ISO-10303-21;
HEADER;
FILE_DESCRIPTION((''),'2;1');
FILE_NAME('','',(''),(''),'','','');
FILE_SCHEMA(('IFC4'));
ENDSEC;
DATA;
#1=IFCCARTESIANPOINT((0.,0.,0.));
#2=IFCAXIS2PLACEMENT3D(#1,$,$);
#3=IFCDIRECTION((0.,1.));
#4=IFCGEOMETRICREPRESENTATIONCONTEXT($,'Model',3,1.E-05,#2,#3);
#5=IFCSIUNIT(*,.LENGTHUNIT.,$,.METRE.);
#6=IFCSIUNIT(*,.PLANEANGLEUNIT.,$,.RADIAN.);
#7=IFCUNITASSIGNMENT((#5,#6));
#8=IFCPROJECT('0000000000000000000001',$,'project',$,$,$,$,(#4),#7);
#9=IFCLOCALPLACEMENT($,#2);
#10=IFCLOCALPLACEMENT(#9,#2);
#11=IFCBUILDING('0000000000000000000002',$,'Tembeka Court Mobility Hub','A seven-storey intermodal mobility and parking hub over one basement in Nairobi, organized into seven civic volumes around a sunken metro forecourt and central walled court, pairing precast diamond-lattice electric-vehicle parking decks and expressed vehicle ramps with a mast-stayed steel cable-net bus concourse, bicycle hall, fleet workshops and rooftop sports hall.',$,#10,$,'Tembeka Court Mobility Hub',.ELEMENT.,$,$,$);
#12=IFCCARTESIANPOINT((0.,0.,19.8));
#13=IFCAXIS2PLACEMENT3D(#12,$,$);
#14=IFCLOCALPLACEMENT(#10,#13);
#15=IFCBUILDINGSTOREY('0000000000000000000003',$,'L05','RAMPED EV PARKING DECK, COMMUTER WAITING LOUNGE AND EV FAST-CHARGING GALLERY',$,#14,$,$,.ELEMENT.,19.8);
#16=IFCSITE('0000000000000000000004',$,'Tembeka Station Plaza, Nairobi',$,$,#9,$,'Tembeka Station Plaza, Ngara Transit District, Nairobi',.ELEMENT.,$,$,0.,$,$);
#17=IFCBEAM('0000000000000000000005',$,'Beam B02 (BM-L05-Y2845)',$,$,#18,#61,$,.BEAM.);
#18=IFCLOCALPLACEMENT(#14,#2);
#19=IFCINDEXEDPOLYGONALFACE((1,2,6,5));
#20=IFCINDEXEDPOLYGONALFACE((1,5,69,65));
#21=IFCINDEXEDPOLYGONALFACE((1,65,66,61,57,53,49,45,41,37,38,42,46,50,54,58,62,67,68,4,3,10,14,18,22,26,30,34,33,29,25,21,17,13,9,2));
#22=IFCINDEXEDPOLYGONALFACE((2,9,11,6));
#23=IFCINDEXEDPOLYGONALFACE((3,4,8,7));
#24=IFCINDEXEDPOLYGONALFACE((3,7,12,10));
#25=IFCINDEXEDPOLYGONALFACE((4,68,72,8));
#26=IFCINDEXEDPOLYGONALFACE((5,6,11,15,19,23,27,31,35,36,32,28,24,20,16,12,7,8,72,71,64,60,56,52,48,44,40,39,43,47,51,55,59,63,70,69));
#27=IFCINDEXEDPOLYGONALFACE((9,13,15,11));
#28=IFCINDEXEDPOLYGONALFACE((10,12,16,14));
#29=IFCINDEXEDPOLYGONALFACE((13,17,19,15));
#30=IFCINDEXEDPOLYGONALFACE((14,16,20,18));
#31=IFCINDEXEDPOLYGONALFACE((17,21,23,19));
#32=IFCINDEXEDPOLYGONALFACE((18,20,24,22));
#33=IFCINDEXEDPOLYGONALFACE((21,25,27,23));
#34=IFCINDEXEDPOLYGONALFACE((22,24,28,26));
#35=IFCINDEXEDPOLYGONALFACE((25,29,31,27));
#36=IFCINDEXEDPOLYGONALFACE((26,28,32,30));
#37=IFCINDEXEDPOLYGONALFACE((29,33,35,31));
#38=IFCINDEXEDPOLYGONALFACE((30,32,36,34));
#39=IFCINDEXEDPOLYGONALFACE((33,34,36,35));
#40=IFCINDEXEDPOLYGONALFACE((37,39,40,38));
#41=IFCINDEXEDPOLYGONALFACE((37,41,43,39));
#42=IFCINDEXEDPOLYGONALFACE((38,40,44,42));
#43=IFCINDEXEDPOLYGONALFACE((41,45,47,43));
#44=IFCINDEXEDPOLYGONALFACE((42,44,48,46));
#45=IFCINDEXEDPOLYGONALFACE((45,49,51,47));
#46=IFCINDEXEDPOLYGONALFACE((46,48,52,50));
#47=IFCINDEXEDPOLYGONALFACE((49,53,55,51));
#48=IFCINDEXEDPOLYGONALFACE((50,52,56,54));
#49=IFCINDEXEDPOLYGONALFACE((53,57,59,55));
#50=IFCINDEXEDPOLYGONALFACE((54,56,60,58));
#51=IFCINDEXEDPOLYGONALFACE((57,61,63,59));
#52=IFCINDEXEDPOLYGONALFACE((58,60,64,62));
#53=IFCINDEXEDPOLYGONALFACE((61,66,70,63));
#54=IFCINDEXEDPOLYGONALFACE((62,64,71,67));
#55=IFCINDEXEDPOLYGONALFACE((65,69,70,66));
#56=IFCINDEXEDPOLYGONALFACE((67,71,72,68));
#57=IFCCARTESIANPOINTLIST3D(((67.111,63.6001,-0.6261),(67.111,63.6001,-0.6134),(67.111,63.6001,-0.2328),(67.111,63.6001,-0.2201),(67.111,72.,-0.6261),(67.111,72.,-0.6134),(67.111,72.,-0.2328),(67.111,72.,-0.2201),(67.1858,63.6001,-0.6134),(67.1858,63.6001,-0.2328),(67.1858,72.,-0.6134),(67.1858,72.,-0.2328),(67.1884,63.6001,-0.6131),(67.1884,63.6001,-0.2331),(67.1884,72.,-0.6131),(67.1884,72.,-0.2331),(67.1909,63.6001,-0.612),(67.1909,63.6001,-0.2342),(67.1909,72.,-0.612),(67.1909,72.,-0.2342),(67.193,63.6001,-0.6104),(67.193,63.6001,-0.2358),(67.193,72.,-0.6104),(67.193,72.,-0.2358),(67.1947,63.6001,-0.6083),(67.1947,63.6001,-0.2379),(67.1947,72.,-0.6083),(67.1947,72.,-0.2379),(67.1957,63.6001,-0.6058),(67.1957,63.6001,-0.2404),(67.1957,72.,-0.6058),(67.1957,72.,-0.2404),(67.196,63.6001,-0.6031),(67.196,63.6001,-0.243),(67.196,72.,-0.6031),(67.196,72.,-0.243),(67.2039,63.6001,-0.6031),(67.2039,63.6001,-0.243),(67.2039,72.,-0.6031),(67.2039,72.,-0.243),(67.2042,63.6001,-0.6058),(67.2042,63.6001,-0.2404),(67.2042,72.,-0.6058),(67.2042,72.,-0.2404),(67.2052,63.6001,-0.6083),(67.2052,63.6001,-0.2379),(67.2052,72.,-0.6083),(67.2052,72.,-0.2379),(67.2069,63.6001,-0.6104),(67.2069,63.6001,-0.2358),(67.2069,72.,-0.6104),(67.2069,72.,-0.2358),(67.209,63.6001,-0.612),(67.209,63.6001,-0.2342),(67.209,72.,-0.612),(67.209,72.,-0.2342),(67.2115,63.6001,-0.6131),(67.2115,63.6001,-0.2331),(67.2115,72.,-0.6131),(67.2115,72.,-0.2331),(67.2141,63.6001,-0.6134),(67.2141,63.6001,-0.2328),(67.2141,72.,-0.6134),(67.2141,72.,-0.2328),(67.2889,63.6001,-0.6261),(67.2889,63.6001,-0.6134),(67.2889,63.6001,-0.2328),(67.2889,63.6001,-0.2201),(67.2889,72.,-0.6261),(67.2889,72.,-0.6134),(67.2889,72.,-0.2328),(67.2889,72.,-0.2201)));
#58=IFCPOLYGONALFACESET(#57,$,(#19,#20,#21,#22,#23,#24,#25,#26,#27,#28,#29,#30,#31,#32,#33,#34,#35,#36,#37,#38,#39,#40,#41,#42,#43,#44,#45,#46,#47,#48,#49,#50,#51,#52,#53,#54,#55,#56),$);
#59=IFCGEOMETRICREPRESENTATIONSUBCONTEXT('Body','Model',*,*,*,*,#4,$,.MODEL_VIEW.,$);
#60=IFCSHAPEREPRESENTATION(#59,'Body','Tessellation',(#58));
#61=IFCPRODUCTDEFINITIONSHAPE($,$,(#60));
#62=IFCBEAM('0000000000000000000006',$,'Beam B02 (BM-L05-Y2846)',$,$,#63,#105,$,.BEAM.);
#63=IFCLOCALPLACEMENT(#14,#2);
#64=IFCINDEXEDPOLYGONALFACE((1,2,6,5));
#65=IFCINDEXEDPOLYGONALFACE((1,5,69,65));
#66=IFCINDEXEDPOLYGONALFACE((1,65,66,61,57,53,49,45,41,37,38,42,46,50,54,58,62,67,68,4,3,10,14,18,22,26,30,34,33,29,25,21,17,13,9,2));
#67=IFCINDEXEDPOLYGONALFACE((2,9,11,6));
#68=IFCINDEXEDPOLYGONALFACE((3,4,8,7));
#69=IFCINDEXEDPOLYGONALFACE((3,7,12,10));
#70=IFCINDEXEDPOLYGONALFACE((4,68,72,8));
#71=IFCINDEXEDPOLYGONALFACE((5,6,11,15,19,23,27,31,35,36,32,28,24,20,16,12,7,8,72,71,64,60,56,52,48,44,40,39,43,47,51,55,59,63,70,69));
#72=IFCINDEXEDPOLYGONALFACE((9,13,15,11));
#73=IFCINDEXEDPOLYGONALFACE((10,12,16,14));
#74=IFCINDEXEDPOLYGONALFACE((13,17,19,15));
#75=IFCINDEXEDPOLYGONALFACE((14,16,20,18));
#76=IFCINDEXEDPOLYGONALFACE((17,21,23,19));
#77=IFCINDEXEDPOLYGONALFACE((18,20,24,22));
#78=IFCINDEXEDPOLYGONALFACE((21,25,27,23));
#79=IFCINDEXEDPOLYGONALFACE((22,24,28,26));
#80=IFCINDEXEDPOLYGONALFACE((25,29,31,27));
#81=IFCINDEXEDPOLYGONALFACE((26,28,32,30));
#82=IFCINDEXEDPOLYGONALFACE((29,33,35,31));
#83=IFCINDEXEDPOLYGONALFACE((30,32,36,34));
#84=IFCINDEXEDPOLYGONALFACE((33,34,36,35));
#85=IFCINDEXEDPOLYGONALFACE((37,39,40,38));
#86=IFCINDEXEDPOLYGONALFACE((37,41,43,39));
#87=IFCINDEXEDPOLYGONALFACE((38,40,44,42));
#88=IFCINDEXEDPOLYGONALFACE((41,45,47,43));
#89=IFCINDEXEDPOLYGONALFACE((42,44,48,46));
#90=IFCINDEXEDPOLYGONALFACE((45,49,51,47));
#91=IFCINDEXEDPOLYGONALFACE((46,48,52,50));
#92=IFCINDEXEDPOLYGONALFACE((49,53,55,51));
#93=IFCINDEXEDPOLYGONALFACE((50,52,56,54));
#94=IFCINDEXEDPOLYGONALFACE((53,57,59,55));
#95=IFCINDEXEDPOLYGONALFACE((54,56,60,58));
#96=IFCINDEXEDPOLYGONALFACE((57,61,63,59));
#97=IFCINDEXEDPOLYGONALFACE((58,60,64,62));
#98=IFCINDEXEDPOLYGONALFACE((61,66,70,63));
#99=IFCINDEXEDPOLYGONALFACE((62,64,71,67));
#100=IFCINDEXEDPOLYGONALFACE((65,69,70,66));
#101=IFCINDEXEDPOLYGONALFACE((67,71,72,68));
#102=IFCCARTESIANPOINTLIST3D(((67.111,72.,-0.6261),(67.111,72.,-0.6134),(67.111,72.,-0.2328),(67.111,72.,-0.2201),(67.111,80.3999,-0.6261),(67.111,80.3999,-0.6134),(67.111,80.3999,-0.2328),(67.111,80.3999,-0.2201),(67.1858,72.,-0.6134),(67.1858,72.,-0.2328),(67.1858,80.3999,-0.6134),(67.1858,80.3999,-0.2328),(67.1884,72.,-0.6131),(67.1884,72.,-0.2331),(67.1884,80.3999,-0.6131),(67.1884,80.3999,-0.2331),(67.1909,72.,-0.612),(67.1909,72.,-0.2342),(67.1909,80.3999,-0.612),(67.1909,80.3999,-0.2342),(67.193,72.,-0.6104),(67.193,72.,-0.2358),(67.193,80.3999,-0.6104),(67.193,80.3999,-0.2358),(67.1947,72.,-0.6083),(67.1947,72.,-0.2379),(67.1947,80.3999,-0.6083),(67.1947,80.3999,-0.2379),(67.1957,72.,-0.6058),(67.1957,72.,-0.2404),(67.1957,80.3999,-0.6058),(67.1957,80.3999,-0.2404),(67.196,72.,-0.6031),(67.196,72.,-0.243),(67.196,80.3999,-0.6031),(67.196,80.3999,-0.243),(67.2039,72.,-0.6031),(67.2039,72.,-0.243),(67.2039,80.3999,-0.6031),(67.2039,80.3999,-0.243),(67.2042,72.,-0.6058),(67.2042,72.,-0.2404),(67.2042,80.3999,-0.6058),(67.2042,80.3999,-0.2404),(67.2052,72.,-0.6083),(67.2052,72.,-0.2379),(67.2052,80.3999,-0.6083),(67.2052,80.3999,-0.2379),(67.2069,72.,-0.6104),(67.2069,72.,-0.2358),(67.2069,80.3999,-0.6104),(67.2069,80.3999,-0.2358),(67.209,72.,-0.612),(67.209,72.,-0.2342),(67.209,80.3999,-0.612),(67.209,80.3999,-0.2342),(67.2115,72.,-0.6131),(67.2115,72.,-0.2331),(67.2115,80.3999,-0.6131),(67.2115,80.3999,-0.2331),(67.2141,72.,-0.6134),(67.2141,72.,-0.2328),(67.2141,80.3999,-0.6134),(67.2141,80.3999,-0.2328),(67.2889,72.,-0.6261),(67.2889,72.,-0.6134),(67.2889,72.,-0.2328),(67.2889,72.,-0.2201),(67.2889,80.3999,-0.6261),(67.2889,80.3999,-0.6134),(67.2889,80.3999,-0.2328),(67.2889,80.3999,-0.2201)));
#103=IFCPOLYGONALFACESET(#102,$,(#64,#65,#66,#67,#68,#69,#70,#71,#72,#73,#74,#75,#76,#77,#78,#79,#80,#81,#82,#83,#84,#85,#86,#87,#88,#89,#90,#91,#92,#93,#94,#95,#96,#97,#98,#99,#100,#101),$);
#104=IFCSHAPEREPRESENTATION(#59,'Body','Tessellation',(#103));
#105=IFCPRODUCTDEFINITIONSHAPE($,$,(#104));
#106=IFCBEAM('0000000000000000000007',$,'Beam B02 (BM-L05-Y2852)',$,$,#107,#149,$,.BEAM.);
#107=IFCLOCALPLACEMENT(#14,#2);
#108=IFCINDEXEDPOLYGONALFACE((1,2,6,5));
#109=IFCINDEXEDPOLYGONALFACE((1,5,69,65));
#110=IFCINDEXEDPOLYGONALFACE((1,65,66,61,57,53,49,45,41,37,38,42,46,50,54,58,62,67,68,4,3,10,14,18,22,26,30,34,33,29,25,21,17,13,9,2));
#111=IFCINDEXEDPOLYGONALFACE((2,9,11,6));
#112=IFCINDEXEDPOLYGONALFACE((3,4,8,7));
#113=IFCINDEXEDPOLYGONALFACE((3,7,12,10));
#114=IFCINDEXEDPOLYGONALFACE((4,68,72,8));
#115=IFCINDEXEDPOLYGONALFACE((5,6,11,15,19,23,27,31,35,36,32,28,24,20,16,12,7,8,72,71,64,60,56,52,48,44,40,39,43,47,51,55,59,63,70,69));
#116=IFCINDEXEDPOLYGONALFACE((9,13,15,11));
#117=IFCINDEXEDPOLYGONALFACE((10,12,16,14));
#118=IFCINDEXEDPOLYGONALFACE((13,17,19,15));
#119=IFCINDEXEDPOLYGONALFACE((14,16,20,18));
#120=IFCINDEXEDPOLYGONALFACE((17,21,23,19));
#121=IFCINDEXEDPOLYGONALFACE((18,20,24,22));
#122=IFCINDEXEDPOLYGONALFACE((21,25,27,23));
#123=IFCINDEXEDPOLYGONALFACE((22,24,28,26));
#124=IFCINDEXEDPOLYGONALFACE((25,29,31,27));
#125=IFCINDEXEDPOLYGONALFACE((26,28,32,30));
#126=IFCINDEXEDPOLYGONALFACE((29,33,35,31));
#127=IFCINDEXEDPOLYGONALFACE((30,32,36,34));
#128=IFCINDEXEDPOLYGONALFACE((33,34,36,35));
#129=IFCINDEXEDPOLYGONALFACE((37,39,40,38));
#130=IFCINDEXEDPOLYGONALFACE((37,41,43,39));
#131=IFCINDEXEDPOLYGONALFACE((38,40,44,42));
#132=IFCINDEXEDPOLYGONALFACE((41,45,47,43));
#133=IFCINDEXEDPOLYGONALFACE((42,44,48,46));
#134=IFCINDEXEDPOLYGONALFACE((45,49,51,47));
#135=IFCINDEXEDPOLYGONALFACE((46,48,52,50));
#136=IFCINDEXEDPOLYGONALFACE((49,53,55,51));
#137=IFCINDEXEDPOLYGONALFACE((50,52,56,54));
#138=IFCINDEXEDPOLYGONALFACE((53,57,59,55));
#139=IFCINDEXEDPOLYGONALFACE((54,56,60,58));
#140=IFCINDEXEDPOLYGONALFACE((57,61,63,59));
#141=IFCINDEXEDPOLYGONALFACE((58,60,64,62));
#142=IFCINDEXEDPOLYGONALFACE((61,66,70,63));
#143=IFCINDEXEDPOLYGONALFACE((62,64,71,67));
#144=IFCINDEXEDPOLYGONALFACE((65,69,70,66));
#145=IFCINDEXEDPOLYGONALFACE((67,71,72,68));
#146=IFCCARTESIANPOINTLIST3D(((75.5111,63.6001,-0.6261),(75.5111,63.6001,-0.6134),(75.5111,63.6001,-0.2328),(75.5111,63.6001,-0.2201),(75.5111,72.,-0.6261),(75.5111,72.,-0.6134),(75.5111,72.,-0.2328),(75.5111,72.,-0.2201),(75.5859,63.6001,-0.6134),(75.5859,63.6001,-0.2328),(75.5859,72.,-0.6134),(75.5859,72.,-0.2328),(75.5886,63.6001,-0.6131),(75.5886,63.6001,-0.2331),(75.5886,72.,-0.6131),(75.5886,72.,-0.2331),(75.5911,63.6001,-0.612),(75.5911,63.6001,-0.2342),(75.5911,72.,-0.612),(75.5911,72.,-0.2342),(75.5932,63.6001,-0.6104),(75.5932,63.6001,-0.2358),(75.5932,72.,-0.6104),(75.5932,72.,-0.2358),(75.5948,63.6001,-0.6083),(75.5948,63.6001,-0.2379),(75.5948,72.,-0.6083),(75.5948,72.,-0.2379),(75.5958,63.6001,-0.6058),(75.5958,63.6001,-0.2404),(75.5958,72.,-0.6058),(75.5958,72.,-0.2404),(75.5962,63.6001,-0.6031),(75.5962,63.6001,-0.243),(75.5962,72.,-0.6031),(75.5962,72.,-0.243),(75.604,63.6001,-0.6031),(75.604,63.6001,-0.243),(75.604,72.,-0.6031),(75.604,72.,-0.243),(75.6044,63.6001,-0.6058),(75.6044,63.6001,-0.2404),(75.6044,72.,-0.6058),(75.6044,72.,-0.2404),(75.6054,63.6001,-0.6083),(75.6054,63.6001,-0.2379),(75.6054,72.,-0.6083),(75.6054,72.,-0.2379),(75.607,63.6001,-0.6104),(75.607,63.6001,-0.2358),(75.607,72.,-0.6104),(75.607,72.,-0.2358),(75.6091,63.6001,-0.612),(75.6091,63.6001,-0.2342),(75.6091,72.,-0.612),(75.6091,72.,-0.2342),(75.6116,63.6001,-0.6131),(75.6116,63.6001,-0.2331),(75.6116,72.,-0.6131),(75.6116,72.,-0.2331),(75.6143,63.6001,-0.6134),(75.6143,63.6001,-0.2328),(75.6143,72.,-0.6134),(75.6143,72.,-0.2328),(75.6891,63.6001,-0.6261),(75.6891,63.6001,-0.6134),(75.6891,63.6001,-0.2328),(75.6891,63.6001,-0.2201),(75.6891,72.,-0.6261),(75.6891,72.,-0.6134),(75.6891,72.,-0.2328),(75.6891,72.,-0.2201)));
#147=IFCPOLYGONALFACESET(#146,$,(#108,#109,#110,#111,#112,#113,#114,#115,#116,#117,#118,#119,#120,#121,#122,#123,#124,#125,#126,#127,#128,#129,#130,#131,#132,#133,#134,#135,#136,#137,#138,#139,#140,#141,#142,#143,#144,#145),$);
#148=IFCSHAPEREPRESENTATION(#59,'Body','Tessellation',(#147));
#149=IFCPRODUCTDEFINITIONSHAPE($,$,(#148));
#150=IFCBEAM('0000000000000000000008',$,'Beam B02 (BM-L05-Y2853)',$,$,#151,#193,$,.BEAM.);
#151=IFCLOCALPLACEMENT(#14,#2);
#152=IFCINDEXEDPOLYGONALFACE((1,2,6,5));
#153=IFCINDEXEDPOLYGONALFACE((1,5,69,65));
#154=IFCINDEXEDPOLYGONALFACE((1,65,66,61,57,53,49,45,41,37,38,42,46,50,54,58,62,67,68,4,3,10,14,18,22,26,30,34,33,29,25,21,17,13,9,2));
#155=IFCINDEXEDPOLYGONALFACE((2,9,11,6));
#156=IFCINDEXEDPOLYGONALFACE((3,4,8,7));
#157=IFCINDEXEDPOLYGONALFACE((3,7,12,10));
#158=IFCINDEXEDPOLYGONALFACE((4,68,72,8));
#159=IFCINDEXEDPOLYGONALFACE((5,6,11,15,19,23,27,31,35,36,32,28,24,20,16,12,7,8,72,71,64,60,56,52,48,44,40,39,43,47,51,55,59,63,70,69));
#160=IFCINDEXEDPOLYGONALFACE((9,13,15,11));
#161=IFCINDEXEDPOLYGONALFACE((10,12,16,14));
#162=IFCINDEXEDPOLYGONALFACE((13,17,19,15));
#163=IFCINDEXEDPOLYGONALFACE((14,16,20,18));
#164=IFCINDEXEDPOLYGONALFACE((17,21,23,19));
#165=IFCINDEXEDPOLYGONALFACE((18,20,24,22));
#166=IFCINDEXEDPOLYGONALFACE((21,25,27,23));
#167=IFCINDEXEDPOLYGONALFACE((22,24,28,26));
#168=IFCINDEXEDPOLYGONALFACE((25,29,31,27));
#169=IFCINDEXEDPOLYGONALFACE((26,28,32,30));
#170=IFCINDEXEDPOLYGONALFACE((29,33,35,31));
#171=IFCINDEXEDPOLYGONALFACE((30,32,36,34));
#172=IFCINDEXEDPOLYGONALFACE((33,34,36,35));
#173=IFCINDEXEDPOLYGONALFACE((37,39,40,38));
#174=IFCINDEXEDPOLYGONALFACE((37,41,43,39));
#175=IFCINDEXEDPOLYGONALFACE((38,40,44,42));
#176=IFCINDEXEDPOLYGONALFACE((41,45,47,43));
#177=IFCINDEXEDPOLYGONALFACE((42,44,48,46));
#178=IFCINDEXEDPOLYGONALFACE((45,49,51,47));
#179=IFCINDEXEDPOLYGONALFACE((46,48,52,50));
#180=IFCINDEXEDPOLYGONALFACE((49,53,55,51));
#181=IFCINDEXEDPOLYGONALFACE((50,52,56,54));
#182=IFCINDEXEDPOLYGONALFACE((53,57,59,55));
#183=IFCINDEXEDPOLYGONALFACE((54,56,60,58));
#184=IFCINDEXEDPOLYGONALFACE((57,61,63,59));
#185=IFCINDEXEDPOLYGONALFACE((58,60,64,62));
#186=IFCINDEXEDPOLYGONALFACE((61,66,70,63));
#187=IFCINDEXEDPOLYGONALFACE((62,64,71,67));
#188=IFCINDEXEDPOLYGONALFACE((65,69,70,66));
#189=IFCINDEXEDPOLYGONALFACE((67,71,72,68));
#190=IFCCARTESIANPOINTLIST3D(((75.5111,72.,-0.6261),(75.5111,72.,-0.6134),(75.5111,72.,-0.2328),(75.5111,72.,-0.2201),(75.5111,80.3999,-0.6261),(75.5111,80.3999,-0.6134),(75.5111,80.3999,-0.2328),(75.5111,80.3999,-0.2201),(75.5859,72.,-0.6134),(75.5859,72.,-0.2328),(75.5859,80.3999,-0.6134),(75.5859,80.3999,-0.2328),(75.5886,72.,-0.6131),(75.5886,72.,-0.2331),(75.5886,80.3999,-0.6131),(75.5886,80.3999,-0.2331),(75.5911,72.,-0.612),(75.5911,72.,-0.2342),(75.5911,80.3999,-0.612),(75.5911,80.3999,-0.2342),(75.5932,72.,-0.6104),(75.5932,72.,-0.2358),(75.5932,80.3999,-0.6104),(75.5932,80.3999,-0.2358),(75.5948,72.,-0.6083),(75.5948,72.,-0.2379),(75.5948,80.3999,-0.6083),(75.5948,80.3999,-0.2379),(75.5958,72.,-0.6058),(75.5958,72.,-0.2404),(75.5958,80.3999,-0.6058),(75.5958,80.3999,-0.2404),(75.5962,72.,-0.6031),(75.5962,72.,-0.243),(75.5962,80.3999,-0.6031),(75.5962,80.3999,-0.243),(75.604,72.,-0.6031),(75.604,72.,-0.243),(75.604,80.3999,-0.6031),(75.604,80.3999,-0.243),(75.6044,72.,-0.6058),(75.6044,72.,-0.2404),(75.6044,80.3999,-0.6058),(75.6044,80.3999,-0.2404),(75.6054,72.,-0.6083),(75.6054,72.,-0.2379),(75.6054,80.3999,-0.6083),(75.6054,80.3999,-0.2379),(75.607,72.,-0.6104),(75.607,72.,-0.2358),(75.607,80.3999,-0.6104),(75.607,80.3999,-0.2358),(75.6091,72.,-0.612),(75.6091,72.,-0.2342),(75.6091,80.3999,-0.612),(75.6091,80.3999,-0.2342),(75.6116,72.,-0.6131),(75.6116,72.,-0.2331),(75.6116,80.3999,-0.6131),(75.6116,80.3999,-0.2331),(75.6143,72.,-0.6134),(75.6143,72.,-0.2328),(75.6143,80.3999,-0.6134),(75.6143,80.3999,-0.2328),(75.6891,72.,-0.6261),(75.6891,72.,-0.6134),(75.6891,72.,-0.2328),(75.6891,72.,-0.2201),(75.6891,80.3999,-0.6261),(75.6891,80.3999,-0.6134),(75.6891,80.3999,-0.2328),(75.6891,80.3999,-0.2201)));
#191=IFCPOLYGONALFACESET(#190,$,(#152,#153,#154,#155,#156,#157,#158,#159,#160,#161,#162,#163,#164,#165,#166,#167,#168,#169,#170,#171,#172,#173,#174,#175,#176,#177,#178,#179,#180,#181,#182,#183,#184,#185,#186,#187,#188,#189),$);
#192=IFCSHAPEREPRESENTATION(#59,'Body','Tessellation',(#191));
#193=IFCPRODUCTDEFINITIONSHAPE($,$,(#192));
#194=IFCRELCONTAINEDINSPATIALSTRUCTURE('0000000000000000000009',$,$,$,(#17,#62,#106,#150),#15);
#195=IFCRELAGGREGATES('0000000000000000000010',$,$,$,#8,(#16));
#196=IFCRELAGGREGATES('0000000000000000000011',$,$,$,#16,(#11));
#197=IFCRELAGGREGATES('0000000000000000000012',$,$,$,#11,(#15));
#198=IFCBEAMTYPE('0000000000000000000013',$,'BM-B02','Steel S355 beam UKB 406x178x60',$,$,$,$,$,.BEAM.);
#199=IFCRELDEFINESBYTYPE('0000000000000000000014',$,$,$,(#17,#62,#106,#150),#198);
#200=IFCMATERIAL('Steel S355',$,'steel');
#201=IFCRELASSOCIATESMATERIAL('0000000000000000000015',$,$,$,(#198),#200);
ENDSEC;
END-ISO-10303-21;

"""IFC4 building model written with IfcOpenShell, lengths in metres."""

from ifc_helpers import new_model, si_unit, direction, frame, origin, origin_2d, place, context, subcontext, project, spatial, i_section, extrude, material, material_profile, profile_set, type_object, element, save


model = new_model("IFC4")

# Units and contexts
model_context = context("Model", 3, precision=1e-05, world=origin(), true_north=direction((0.0, 1.0)))
body_context = subcontext(model_context, "Body", "Model", "MODEL_VIEW")
ifc_project = project(units=[si_unit("LENGTHUNIT", "METRE"), si_unit("PLANEANGLEUNIT", "RADIAN")], contexts=[model_context])

# Site, building, storey
site_placement = place(None, origin())
site = spatial("IfcSite", under=ifc_project, at=site_placement, Name="Tembeka Station Plaza, Nairobi", LongName="Tembeka Station Plaza, Ngara Transit District, Nairobi", CompositionType="ELEMENT", RefElevation=0.0)
building_placement = place(site_placement, origin())
building = spatial("IfcBuilding", under=site, at=building_placement, Name="Tembeka Court Mobility Hub", Description="A seven-storey intermodal mobility and parking hub over one basement in Nairobi, organized into seven civic volumes around a sunken metro forecourt and central walled court, pairing precast diamond-lattice electric-vehicle parking decks and expressed vehicle ramps with a mast-stayed steel cable-net bus concourse, bicycle hall, fleet workshops and rooftop sports hall.", LongName="Tembeka Court Mobility Hub", CompositionType="ELEMENT")
storey_placement = place(building_placement, frame((0.0, 0.0, 19.8)))
storey = spatial("IfcBuildingStorey", under=building, at=storey_placement, Name="L05", Description="RAMPED EV PARKING DECK, COMMUTER WAITING LOUNGE AND EV FAST-CHARGING GALLERY", CompositionType="ELEMENT", Elevation=19.8)

# Shared definitions
ifc_material_1 = material(Name="Steel S355", Category="steel")

# Beams
ifc_material_profile_1 = material_profile(ifc_material_1, i_section(OverallWidth=0.178, OverallDepth=0.406, WebThickness=0.0078, FlangeThickness=0.0127, FilletRadius=0.0103, at=origin_2d()), Name="UKB 406x178x60")
ifc_profile_set_1 = profile_set([ifc_material_profile_1], Name="Steel S355")
beam_type_1 = type_object("IfcBeamType", Name="BM-B02", Description="Steel S355 beam UKB 406x178x60", PredefinedType="BEAM", material=ifc_profile_set_1)
for number, where, z_axis, x_axis, name in (
    (1, (67.2, 63.6001, -0.4231), (0.0, 1.0, 0.0), (-1.0, 0.0, 0.0), "Beam B02 (BM-L05-Y2845)"),
    (2, (67.2, 72.0, -0.4231), (0.0, 1.0, 0.0), (-1.0, 0.0, 0.0), "Beam B02 (BM-L05-Y2846)"),
    (3, (75.6001, 63.6001, -0.4231), (0.0, 1.0, 0.0), (-1.0, 0.0, 0.0), "Beam B02 (BM-L05-Y2852)"),
    (4, (75.6001, 72.0, -0.4231), (0.0, 1.0, 0.0), (-1.0, 0.0, 0.0), "Beam B02 (BM-L05-Y2853)"),
):
    element("IfcBeam", number, at=place(storey_placement, frame(where, z_axis=z_axis, x_axis=x_axis)), inside=storey, type_object=beam_type_1, Name=name, PredefinedType="BEAM", context=body_context, shape_type="SweptSolid", body=[
        extrude(i_section(OverallWidth=0.178, OverallDepth=0.406, WebThickness=0.0078, FlangeThickness=0.0127, FilletRadius=0.0103, at=origin_2d()), origin(), (0.0, 0.0, 1.0), 8.3999),
    ])

save(model, "model.ifc")
